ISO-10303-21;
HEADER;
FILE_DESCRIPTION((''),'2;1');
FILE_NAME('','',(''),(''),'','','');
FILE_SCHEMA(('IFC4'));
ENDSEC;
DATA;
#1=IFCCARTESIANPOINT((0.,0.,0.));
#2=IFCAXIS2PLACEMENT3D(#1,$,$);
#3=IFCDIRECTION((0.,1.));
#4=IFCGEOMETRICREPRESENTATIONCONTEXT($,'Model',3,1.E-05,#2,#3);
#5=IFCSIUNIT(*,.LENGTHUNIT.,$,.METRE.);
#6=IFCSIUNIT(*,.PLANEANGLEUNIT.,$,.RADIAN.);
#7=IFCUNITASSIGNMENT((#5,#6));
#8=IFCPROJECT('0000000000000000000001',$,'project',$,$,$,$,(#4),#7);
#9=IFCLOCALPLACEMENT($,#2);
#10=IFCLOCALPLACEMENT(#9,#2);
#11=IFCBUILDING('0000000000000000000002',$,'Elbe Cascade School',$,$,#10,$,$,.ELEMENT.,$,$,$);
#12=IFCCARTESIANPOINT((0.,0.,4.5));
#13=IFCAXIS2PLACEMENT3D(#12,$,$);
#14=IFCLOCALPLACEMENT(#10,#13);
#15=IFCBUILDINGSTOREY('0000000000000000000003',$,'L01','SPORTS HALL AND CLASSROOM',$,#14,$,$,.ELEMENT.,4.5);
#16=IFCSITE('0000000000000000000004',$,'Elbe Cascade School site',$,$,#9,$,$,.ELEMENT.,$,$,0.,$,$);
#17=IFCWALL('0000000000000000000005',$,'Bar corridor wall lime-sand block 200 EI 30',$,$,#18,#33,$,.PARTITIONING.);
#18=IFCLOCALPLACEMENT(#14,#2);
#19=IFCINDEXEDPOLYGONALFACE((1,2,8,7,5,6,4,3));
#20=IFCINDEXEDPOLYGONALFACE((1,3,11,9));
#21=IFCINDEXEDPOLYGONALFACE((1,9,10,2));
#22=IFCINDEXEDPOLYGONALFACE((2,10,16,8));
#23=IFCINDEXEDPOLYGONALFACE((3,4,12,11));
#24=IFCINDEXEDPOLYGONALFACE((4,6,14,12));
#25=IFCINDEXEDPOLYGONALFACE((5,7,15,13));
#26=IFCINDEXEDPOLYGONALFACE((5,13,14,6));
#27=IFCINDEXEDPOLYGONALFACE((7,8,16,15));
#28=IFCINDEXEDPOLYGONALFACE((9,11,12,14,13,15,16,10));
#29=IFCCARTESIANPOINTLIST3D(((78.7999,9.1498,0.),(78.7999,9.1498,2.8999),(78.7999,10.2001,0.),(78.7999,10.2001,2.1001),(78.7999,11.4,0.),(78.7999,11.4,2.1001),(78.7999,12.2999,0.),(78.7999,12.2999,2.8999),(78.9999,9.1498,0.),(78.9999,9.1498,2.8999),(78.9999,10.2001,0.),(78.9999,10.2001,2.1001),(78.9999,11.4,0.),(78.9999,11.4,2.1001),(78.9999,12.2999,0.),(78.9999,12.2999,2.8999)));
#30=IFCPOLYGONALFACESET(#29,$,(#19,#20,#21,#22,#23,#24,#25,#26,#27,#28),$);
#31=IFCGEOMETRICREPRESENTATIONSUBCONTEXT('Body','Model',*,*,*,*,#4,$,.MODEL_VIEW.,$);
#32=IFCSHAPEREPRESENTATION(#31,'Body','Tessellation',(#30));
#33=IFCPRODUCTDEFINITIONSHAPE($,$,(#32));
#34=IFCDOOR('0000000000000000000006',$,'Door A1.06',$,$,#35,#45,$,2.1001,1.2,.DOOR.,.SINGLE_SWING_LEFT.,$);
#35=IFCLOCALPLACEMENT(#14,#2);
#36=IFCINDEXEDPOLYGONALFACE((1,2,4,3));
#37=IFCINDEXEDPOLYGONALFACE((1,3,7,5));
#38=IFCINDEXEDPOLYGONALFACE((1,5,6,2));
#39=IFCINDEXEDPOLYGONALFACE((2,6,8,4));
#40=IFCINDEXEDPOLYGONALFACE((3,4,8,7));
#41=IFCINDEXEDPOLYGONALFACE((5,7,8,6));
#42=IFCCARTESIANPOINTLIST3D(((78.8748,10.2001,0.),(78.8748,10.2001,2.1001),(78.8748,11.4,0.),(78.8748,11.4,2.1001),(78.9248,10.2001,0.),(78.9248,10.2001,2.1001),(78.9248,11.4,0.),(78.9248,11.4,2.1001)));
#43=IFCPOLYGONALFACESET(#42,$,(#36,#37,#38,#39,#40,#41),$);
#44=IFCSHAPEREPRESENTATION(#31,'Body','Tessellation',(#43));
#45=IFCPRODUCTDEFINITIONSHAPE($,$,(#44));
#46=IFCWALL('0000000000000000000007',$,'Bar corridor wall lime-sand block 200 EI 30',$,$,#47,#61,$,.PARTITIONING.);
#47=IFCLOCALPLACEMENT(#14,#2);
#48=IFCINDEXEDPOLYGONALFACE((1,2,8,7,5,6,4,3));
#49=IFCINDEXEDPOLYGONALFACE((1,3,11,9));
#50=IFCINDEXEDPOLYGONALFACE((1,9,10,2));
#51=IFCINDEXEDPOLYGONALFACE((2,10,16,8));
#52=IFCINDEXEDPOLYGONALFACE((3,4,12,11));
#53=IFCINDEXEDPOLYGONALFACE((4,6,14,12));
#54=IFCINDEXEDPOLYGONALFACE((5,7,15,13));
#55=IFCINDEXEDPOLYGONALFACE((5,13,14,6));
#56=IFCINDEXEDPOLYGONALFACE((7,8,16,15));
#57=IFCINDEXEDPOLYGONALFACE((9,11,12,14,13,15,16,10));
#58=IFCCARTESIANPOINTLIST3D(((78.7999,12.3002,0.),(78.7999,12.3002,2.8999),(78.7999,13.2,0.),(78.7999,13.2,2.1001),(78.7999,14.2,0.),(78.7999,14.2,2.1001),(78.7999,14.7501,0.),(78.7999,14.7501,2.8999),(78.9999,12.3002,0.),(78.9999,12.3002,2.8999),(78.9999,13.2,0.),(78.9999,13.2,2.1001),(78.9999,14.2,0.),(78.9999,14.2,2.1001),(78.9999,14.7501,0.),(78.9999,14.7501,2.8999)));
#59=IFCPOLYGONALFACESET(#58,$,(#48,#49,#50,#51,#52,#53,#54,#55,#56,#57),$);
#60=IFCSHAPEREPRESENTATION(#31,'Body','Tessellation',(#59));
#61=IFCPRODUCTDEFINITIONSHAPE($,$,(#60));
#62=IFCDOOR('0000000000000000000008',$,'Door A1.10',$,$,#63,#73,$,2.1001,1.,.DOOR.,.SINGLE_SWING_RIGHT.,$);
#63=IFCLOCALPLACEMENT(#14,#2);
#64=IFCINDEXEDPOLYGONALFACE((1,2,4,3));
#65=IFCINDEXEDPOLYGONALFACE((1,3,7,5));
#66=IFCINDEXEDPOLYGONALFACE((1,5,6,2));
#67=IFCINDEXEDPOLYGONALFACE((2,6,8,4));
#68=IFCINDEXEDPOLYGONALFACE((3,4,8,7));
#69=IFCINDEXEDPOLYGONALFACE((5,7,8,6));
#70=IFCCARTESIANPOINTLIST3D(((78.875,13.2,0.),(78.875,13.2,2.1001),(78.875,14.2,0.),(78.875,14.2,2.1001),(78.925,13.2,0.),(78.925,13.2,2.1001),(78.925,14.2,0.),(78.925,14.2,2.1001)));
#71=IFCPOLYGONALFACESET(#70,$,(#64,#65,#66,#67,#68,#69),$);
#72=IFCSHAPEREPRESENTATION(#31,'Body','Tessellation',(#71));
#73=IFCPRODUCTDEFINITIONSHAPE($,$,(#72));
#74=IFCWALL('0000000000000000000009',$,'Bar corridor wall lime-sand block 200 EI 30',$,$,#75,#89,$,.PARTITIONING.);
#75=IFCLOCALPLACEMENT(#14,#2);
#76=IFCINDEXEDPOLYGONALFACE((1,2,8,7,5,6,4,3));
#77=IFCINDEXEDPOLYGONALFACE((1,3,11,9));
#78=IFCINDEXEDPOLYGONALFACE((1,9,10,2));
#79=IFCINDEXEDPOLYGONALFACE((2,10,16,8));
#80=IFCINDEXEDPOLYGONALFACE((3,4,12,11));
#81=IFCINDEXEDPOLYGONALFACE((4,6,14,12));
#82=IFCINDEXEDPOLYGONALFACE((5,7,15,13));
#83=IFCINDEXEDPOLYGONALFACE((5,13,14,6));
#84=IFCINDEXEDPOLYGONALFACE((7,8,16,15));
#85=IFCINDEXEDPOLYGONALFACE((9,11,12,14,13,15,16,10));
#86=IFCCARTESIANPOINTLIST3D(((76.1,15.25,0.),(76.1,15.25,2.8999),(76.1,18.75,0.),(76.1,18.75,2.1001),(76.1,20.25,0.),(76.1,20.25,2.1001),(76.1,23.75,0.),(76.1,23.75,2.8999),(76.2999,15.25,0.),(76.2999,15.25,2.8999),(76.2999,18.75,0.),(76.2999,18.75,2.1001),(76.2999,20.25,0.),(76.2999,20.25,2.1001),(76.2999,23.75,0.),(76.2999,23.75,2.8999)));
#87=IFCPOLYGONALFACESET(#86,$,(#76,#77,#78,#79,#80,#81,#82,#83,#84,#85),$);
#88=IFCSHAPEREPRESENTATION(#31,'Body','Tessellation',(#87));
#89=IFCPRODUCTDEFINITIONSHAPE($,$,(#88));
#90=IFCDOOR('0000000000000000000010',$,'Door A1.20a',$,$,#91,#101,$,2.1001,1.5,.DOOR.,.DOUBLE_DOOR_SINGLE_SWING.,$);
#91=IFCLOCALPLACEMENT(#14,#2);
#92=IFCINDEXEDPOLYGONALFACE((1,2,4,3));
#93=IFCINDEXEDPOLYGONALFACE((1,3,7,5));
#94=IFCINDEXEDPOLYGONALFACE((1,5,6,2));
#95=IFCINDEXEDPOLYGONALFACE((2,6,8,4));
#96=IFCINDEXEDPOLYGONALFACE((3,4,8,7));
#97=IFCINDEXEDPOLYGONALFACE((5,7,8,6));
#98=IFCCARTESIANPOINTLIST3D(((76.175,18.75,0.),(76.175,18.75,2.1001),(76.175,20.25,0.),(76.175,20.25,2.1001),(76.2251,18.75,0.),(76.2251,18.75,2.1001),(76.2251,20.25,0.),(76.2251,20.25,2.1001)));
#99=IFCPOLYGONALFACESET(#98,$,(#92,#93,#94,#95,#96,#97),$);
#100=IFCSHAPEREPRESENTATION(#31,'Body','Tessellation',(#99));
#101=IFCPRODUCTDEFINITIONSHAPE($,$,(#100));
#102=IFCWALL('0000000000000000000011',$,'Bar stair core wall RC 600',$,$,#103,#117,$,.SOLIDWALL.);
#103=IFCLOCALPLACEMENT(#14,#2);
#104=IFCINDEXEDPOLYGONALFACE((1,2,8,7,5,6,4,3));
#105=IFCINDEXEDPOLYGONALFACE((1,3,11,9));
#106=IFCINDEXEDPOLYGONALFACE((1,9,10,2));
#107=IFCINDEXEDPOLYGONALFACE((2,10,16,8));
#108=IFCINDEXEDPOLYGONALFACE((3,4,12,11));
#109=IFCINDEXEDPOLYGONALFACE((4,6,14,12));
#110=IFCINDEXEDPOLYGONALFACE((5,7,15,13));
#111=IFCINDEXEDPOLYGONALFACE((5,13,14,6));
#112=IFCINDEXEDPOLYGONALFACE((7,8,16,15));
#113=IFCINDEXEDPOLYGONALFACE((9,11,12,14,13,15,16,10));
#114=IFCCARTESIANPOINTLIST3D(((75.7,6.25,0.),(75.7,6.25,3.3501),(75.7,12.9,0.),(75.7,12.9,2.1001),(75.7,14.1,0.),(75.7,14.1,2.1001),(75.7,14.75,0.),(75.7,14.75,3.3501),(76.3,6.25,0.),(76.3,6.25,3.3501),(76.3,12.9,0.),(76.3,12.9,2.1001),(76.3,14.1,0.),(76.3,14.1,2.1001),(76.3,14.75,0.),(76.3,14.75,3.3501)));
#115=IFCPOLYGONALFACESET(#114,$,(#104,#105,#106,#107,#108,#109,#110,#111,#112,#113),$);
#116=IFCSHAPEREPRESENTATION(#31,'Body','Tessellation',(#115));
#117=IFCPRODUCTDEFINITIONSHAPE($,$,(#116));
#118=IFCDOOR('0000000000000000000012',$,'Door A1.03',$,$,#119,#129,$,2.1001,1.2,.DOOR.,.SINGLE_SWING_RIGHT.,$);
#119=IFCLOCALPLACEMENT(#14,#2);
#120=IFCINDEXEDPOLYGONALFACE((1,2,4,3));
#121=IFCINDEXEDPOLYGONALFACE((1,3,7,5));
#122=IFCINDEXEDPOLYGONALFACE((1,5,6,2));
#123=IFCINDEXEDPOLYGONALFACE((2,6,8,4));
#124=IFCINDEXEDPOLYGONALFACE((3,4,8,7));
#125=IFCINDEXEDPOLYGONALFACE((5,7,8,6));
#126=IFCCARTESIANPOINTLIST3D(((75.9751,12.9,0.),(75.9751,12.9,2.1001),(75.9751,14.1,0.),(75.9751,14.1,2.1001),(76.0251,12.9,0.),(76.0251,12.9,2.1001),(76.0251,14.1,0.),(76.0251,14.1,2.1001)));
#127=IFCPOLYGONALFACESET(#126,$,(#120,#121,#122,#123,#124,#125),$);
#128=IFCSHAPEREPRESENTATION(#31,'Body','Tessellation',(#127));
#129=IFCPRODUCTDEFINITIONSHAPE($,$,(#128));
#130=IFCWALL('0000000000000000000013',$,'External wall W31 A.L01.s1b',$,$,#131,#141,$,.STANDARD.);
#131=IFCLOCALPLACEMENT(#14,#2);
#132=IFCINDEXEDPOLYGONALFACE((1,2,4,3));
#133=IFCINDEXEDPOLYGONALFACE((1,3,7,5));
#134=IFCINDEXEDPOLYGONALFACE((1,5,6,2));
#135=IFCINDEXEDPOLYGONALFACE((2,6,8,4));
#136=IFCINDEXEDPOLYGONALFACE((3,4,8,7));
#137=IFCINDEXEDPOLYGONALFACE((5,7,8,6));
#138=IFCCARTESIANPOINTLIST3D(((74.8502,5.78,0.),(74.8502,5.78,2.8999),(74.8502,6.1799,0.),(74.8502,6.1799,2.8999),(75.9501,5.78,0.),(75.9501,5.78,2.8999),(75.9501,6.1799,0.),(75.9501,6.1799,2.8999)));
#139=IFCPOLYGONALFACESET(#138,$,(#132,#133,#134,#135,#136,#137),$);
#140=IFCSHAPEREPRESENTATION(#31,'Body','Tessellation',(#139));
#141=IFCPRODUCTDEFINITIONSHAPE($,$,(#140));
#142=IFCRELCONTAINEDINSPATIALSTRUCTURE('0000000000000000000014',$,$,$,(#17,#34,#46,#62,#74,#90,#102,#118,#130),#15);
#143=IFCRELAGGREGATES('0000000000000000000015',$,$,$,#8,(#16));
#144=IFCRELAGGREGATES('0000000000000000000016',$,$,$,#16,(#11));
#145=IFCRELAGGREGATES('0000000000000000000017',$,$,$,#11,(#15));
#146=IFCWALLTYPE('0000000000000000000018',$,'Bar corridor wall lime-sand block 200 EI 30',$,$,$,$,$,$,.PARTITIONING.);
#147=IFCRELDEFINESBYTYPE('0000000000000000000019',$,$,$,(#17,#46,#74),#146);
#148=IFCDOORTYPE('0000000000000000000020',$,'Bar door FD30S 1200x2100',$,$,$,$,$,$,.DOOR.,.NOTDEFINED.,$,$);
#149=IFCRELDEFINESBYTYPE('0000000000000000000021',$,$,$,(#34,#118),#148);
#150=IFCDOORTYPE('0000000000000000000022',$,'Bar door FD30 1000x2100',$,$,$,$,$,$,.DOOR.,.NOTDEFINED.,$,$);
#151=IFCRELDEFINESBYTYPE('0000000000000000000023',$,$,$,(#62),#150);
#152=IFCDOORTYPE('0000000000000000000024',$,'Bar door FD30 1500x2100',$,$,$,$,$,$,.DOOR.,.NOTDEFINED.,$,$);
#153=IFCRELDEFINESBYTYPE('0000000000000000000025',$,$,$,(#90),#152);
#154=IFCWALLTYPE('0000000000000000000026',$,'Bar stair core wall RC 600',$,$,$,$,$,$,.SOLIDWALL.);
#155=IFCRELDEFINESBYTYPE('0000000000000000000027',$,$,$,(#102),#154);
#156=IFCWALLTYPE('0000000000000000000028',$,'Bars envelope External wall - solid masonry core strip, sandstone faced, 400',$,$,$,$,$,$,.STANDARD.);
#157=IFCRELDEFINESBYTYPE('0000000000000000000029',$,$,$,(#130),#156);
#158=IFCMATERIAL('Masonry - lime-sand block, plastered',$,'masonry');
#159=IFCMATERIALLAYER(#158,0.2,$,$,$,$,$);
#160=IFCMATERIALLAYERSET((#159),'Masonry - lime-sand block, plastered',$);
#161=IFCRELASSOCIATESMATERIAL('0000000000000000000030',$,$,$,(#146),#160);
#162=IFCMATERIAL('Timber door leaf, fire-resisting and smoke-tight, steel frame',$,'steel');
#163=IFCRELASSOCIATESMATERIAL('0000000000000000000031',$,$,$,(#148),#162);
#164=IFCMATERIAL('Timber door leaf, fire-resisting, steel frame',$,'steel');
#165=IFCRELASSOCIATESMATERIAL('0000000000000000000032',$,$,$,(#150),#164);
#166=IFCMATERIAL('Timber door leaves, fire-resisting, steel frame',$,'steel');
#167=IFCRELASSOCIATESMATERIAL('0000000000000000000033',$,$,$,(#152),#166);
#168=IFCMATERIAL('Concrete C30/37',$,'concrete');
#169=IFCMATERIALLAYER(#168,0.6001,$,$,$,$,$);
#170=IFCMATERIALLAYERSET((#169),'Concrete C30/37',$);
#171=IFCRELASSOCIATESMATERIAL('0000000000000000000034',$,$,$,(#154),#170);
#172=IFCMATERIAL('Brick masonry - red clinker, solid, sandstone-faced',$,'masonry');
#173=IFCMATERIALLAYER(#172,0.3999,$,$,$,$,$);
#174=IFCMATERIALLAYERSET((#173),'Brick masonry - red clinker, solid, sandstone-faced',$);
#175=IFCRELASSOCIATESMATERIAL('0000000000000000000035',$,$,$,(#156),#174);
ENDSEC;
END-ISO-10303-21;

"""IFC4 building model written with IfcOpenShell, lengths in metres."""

from ifc_helpers import new_model, si_unit, direction, frame, frame_2d, origin, place, context, subcontext, project, spatial, rectangle, extrude, material, layer, layer_set, type_object, element, fill, save


model = new_model("IFC4")

# Units and contexts
model_context = context("Model", 3, precision=1e-05, world=origin(), true_north=direction((0.0, 1.0)))
body_context = subcontext(model_context, "Body", "Model", "MODEL_VIEW")
ifc_project = project(units=[si_unit("LENGTHUNIT", "METRE"), si_unit("PLANEANGLEUNIT", "RADIAN")], contexts=[model_context])

# Site, building, storey
site_placement = place(None, origin())
site = spatial("IfcSite", under=ifc_project, at=site_placement, Name="Elbe Cascade School site", CompositionType="ELEMENT", RefElevation=0.0)
building_placement = place(site_placement, origin())
building = spatial("IfcBuilding", under=site, at=building_placement, Name="Elbe Cascade School", CompositionType="ELEMENT")
storey_placement = place(building_placement, frame((0.0, 0.0, 4.5)))
storey = spatial("IfcBuildingStorey", under=building, at=storey_placement, Name="L01", Description="SPORTS HALL AND CLASSROOM", CompositionType="ELEMENT", Elevation=4.5)

# Walls, openings, doors
ifc_material_1 = material(Name="Masonry - lime-sand block, plastered", Category="masonry")
ifc_layer_1 = layer(ifc_material_1, 0.2)
ifc_layer_set_1 = layer_set([ifc_layer_1], Name="Masonry - lime-sand block, plastered")
wall_type_1 = type_object("IfcWallType", Name="Bar corridor wall lime-sand block 200 EI 30", PredefinedType="PARTITIONING", material=ifc_layer_set_1)
wall_1_placement = place(storey_placement, frame((78.8999, 12.3, 0.0), z_axis=(0.0, 0.0, 1.0), x_axis=(0.0, -1.0, 0.0)))
wall_1 = element("IfcWall", 1, at=wall_1_placement, inside=storey, type_object=wall_type_1, Name="Bar corridor wall lime-sand block 200 EI 30", PredefinedType="PARTITIONING", context=body_context, shape_type="SweptSolid", body=[
    extrude(rectangle(XDim=3.1501, YDim=0.2, at=frame_2d((1.5752, 0.0))), origin(), (0.0, 0.0, 1.0), 2.8999),
])
opening_1_placement = place(wall_1_placement, frame((0.8999, 0.0, 0.0)))
opening_1 = element("IfcOpeningElement", 2, at=opening_1_placement, cuts=wall_1, PredefinedType="OPENING", context=body_context, shape_type="SweptSolid", body=[
    extrude(rectangle(XDim=1.2, YDim=2.1001, at=frame_2d((0.6001, 1.05))), frame((0.0, 0.1099, 0.0), z_axis=(0.0, -1.0, 0.0), x_axis=(1.0, 0.0, 0.0)), (0.0, 0.0, 1.0), 0.22),
])
ifc_material_2 = material(Name="Timber door leaf, fire-resisting and smoke-tight, steel frame", Category="steel")
door_type_1 = type_object("IfcDoorType", Name="Bar door FD30S 1200x2100", OperationType="NOTDEFINED", PredefinedType="DOOR", material=ifc_material_2)
door_1_placement = place(opening_1_placement, origin())
door_1 = element("IfcDoor", 3, at=door_1_placement, inside=storey, type_object=door_type_1, Name="Door A1.06", OperationType="SINGLE_SWING_LEFT", OverallHeight=2.1001, OverallWidth=1.2, PredefinedType="DOOR", context=body_context, shape_type="SweptSolid", body=[
    extrude(rectangle(XDim=1.2, YDim=2.1001, at=frame_2d((0.6001, 1.05))), frame((0.0, 0.0249, 0.0), z_axis=(0.0, -1.0, 0.0), x_axis=(1.0, 0.0, 0.0)), (0.0, 0.0, 1.0), 0.05),
])
fill(opening_1, door_1)
wall_2_placement = place(storey_placement, frame((78.8999, 12.3, 0.0), z_axis=(0.0, 0.0, 1.0), x_axis=(0.0, 1.0, 0.0)))
wall_2 = element("IfcWall", 4, at=wall_2_placement, inside=storey, type_object=wall_type_1, Name="Bar corridor wall lime-sand block 200 EI 30", PredefinedType="PARTITIONING", context=body_context, shape_type="SweptSolid", body=[
    extrude(rectangle(XDim=2.45, YDim=0.2, at=frame_2d((1.2251, 0.0))), origin(), (0.0, 0.0, 1.0), 2.8999),
])
opening_2_placement = place(wall_2_placement, frame((0.8999, 0.0, 0.0)))
opening_2 = element("IfcOpeningElement", 5, at=opening_2_placement, cuts=wall_2, PredefinedType="OPENING", context=body_context, shape_type="SweptSolid", body=[
    extrude(rectangle(XDim=1.0, YDim=2.1001, at=frame_2d((0.5, 1.05))), frame((0.0, 0.1099, 0.0), z_axis=(0.0, -1.0, 0.0), x_axis=(1.0, 0.0, 0.0)), (0.0, 0.0, 1.0), 0.22),
])
ifc_material_3 = material(Name="Timber door leaf, fire-resisting, steel frame", Category="steel")
door_type_2 = type_object("IfcDoorType", Name="Bar door FD30 1000x2100", OperationType="NOTDEFINED", PredefinedType="DOOR", material=ifc_material_3)
door_2_placement = place(opening_2_placement, origin())
door_2 = element("IfcDoor", 6, at=door_2_placement, inside=storey, type_object=door_type_2, Name="Door A1.10", OperationType="SINGLE_SWING_RIGHT", OverallHeight=2.1001, OverallWidth=1.0, PredefinedType="DOOR", context=body_context, shape_type="SweptSolid", body=[
    extrude(rectangle(XDim=1.0, YDim=2.1001, at=frame_2d((0.5, 1.05))), frame((0.0, 0.0249, 0.0), z_axis=(0.0, -1.0, 0.0), x_axis=(1.0, 0.0, 0.0)), (0.0, 0.0, 1.0), 0.05),
])
fill(opening_2, door_2)
wall_3_placement = place(storey_placement, frame((76.2, 15.25, 0.0), z_axis=(0.0, 0.0, 1.0), x_axis=(0.0, 1.0, 0.0)))
wall_3 = element("IfcWall", 7, at=wall_3_placement, inside=storey, type_object=wall_type_1, Name="Bar corridor wall lime-sand block 200 EI 30", PredefinedType="PARTITIONING", context=body_context, shape_type="SweptSolid", body=[
    extrude(rectangle(XDim=8.5, YDim=0.2, at=frame_2d((4.25, 0.0))), origin(), (0.0, 0.0, 1.0), 2.8999),
])
opening_3_placement = place(wall_3_placement, frame((3.5, 0.0, 0.0)))
opening_3 = element("IfcOpeningElement", 8, at=opening_3_placement, cuts=wall_3, PredefinedType="OPENING", context=body_context, shape_type="SweptSolid", body=[
    extrude(rectangle(XDim=1.5, YDim=2.1001, at=frame_2d((0.75, 1.05))), frame((0.0, 0.1099, 0.0), z_axis=(0.0, -1.0, 0.0), x_axis=(1.0, 0.0, 0.0)), (0.0, 0.0, 1.0), 0.22),
])
ifc_material_4 = material(Name="Timber door leaves, fire-resisting, steel frame", Category="steel")
door_type_3 = type_object("IfcDoorType", Name="Bar door FD30 1500x2100", OperationType="NOTDEFINED", PredefinedType="DOOR", material=ifc_material_4)
door_3_placement = place(opening_3_placement, origin())
door_3 = element("IfcDoor", 9, at=door_3_placement, inside=storey, type_object=door_type_3, Name="Door A1.20a", OperationType="DOUBLE_DOOR_SINGLE_SWING", OverallHeight=2.1001, OverallWidth=1.5, PredefinedType="DOOR", context=body_context, shape_type="SweptSolid", body=[
    extrude(rectangle(XDim=1.5, YDim=2.1001, at=frame_2d((0.75, 1.05))), frame((0.0, 0.0249, 0.0), z_axis=(0.0, -1.0, 0.0), x_axis=(1.0, 0.0, 0.0)), (0.0, 0.0, 1.0), 0.05),
])
fill(opening_3, door_3)
ifc_material_5 = material(Name="Concrete C30/37", Category="concrete")
ifc_layer_2 = layer(ifc_material_5, 0.6001)
ifc_layer_set_2 = layer_set([ifc_layer_2], Name="Concrete C30/37")
wall_type_2 = type_object("IfcWallType", Name="Bar stair core wall RC 600", PredefinedType="SOLIDWALL", material=ifc_layer_set_2)
wall_4_placement = place(storey_placement, frame((76.0, 6.25, 0.0), z_axis=(0.0, 0.0, 1.0), x_axis=(0.0, 1.0, 0.0)))
wall_4 = element("IfcWall", 10, at=wall_4_placement, inside=storey, type_object=wall_type_2, Name="Bar stair core wall RC 600", PredefinedType="SOLIDWALL", context=body_context, shape_type="SweptSolid", body=[
    extrude(rectangle(XDim=8.5, YDim=0.6001, at=frame_2d((4.25, 0.0))), origin(), (0.0, 0.0, 1.0), 3.3501),
])
opening_4_placement = place(wall_4_placement, frame((6.6499, 0.0, 0.0)))
opening_4 = element("IfcOpeningElement", 11, at=opening_4_placement, cuts=wall_4, PredefinedType="OPENING", context=body_context, shape_type="SweptSolid", body=[
    extrude(rectangle(XDim=1.2, YDim=2.1001, at=frame_2d((0.6001, 1.05))), frame((0.0, 0.3101, 0.0), z_axis=(0.0, -1.0, 0.0), x_axis=(1.0, 0.0, 0.0)), (0.0, 0.0, 1.0), 0.6201),
])
door_4_placement = place(opening_4_placement, origin())
door_4 = element("IfcDoor", 12, at=door_4_placement, inside=storey, type_object=door_type_1, Name="Door A1.03", OperationType="SINGLE_SWING_RIGHT", OverallHeight=2.1001, OverallWidth=1.2, PredefinedType="DOOR", context=body_context, shape_type="SweptSolid", body=[
    extrude(rectangle(XDim=1.2, YDim=2.1001, at=frame_2d((0.6001, 1.05))), frame((0.0, 0.0249, 0.0), z_axis=(0.0, -1.0, 0.0), x_axis=(1.0, 0.0, 0.0)), (0.0, 0.0, 1.0), 0.05),
])
fill(opening_4, door_4)

# Wall
ifc_material_6 = material(Name="Brick masonry - red clinker, solid, sandstone-faced", Category="masonry")
ifc_layer_3 = layer(ifc_material_6, 0.3999)
ifc_layer_set_3 = layer_set([ifc_layer_3], Name="Brick masonry - red clinker, solid, sandstone-faced")
wall_type_3 = type_object("IfcWallType", Name="Bars envelope External wall - solid masonry core strip, sandstone faced, 400", PredefinedType="STANDARD", material=ifc_layer_set_3)
wall_5_placement = place(storey_placement, frame((75.95, 5.98, 0.0), z_axis=(0.0, 0.0, 1.0), x_axis=(-1.0, 0.0, 0.0)))
element("IfcWall", 13, at=wall_5_placement, inside=storey, type_object=wall_type_3, Name="External wall W31 A.L01.s1b", PredefinedType="STANDARD", context=body_context, shape_type="SweptSolid", body=[
    extrude(rectangle(XDim=1.0999, YDim=0.3999, at=frame_2d((0.5498, 0.0))), origin(), (0.0, 0.0, 1.0), 2.8999),
])

save(model, "model.ifc")
